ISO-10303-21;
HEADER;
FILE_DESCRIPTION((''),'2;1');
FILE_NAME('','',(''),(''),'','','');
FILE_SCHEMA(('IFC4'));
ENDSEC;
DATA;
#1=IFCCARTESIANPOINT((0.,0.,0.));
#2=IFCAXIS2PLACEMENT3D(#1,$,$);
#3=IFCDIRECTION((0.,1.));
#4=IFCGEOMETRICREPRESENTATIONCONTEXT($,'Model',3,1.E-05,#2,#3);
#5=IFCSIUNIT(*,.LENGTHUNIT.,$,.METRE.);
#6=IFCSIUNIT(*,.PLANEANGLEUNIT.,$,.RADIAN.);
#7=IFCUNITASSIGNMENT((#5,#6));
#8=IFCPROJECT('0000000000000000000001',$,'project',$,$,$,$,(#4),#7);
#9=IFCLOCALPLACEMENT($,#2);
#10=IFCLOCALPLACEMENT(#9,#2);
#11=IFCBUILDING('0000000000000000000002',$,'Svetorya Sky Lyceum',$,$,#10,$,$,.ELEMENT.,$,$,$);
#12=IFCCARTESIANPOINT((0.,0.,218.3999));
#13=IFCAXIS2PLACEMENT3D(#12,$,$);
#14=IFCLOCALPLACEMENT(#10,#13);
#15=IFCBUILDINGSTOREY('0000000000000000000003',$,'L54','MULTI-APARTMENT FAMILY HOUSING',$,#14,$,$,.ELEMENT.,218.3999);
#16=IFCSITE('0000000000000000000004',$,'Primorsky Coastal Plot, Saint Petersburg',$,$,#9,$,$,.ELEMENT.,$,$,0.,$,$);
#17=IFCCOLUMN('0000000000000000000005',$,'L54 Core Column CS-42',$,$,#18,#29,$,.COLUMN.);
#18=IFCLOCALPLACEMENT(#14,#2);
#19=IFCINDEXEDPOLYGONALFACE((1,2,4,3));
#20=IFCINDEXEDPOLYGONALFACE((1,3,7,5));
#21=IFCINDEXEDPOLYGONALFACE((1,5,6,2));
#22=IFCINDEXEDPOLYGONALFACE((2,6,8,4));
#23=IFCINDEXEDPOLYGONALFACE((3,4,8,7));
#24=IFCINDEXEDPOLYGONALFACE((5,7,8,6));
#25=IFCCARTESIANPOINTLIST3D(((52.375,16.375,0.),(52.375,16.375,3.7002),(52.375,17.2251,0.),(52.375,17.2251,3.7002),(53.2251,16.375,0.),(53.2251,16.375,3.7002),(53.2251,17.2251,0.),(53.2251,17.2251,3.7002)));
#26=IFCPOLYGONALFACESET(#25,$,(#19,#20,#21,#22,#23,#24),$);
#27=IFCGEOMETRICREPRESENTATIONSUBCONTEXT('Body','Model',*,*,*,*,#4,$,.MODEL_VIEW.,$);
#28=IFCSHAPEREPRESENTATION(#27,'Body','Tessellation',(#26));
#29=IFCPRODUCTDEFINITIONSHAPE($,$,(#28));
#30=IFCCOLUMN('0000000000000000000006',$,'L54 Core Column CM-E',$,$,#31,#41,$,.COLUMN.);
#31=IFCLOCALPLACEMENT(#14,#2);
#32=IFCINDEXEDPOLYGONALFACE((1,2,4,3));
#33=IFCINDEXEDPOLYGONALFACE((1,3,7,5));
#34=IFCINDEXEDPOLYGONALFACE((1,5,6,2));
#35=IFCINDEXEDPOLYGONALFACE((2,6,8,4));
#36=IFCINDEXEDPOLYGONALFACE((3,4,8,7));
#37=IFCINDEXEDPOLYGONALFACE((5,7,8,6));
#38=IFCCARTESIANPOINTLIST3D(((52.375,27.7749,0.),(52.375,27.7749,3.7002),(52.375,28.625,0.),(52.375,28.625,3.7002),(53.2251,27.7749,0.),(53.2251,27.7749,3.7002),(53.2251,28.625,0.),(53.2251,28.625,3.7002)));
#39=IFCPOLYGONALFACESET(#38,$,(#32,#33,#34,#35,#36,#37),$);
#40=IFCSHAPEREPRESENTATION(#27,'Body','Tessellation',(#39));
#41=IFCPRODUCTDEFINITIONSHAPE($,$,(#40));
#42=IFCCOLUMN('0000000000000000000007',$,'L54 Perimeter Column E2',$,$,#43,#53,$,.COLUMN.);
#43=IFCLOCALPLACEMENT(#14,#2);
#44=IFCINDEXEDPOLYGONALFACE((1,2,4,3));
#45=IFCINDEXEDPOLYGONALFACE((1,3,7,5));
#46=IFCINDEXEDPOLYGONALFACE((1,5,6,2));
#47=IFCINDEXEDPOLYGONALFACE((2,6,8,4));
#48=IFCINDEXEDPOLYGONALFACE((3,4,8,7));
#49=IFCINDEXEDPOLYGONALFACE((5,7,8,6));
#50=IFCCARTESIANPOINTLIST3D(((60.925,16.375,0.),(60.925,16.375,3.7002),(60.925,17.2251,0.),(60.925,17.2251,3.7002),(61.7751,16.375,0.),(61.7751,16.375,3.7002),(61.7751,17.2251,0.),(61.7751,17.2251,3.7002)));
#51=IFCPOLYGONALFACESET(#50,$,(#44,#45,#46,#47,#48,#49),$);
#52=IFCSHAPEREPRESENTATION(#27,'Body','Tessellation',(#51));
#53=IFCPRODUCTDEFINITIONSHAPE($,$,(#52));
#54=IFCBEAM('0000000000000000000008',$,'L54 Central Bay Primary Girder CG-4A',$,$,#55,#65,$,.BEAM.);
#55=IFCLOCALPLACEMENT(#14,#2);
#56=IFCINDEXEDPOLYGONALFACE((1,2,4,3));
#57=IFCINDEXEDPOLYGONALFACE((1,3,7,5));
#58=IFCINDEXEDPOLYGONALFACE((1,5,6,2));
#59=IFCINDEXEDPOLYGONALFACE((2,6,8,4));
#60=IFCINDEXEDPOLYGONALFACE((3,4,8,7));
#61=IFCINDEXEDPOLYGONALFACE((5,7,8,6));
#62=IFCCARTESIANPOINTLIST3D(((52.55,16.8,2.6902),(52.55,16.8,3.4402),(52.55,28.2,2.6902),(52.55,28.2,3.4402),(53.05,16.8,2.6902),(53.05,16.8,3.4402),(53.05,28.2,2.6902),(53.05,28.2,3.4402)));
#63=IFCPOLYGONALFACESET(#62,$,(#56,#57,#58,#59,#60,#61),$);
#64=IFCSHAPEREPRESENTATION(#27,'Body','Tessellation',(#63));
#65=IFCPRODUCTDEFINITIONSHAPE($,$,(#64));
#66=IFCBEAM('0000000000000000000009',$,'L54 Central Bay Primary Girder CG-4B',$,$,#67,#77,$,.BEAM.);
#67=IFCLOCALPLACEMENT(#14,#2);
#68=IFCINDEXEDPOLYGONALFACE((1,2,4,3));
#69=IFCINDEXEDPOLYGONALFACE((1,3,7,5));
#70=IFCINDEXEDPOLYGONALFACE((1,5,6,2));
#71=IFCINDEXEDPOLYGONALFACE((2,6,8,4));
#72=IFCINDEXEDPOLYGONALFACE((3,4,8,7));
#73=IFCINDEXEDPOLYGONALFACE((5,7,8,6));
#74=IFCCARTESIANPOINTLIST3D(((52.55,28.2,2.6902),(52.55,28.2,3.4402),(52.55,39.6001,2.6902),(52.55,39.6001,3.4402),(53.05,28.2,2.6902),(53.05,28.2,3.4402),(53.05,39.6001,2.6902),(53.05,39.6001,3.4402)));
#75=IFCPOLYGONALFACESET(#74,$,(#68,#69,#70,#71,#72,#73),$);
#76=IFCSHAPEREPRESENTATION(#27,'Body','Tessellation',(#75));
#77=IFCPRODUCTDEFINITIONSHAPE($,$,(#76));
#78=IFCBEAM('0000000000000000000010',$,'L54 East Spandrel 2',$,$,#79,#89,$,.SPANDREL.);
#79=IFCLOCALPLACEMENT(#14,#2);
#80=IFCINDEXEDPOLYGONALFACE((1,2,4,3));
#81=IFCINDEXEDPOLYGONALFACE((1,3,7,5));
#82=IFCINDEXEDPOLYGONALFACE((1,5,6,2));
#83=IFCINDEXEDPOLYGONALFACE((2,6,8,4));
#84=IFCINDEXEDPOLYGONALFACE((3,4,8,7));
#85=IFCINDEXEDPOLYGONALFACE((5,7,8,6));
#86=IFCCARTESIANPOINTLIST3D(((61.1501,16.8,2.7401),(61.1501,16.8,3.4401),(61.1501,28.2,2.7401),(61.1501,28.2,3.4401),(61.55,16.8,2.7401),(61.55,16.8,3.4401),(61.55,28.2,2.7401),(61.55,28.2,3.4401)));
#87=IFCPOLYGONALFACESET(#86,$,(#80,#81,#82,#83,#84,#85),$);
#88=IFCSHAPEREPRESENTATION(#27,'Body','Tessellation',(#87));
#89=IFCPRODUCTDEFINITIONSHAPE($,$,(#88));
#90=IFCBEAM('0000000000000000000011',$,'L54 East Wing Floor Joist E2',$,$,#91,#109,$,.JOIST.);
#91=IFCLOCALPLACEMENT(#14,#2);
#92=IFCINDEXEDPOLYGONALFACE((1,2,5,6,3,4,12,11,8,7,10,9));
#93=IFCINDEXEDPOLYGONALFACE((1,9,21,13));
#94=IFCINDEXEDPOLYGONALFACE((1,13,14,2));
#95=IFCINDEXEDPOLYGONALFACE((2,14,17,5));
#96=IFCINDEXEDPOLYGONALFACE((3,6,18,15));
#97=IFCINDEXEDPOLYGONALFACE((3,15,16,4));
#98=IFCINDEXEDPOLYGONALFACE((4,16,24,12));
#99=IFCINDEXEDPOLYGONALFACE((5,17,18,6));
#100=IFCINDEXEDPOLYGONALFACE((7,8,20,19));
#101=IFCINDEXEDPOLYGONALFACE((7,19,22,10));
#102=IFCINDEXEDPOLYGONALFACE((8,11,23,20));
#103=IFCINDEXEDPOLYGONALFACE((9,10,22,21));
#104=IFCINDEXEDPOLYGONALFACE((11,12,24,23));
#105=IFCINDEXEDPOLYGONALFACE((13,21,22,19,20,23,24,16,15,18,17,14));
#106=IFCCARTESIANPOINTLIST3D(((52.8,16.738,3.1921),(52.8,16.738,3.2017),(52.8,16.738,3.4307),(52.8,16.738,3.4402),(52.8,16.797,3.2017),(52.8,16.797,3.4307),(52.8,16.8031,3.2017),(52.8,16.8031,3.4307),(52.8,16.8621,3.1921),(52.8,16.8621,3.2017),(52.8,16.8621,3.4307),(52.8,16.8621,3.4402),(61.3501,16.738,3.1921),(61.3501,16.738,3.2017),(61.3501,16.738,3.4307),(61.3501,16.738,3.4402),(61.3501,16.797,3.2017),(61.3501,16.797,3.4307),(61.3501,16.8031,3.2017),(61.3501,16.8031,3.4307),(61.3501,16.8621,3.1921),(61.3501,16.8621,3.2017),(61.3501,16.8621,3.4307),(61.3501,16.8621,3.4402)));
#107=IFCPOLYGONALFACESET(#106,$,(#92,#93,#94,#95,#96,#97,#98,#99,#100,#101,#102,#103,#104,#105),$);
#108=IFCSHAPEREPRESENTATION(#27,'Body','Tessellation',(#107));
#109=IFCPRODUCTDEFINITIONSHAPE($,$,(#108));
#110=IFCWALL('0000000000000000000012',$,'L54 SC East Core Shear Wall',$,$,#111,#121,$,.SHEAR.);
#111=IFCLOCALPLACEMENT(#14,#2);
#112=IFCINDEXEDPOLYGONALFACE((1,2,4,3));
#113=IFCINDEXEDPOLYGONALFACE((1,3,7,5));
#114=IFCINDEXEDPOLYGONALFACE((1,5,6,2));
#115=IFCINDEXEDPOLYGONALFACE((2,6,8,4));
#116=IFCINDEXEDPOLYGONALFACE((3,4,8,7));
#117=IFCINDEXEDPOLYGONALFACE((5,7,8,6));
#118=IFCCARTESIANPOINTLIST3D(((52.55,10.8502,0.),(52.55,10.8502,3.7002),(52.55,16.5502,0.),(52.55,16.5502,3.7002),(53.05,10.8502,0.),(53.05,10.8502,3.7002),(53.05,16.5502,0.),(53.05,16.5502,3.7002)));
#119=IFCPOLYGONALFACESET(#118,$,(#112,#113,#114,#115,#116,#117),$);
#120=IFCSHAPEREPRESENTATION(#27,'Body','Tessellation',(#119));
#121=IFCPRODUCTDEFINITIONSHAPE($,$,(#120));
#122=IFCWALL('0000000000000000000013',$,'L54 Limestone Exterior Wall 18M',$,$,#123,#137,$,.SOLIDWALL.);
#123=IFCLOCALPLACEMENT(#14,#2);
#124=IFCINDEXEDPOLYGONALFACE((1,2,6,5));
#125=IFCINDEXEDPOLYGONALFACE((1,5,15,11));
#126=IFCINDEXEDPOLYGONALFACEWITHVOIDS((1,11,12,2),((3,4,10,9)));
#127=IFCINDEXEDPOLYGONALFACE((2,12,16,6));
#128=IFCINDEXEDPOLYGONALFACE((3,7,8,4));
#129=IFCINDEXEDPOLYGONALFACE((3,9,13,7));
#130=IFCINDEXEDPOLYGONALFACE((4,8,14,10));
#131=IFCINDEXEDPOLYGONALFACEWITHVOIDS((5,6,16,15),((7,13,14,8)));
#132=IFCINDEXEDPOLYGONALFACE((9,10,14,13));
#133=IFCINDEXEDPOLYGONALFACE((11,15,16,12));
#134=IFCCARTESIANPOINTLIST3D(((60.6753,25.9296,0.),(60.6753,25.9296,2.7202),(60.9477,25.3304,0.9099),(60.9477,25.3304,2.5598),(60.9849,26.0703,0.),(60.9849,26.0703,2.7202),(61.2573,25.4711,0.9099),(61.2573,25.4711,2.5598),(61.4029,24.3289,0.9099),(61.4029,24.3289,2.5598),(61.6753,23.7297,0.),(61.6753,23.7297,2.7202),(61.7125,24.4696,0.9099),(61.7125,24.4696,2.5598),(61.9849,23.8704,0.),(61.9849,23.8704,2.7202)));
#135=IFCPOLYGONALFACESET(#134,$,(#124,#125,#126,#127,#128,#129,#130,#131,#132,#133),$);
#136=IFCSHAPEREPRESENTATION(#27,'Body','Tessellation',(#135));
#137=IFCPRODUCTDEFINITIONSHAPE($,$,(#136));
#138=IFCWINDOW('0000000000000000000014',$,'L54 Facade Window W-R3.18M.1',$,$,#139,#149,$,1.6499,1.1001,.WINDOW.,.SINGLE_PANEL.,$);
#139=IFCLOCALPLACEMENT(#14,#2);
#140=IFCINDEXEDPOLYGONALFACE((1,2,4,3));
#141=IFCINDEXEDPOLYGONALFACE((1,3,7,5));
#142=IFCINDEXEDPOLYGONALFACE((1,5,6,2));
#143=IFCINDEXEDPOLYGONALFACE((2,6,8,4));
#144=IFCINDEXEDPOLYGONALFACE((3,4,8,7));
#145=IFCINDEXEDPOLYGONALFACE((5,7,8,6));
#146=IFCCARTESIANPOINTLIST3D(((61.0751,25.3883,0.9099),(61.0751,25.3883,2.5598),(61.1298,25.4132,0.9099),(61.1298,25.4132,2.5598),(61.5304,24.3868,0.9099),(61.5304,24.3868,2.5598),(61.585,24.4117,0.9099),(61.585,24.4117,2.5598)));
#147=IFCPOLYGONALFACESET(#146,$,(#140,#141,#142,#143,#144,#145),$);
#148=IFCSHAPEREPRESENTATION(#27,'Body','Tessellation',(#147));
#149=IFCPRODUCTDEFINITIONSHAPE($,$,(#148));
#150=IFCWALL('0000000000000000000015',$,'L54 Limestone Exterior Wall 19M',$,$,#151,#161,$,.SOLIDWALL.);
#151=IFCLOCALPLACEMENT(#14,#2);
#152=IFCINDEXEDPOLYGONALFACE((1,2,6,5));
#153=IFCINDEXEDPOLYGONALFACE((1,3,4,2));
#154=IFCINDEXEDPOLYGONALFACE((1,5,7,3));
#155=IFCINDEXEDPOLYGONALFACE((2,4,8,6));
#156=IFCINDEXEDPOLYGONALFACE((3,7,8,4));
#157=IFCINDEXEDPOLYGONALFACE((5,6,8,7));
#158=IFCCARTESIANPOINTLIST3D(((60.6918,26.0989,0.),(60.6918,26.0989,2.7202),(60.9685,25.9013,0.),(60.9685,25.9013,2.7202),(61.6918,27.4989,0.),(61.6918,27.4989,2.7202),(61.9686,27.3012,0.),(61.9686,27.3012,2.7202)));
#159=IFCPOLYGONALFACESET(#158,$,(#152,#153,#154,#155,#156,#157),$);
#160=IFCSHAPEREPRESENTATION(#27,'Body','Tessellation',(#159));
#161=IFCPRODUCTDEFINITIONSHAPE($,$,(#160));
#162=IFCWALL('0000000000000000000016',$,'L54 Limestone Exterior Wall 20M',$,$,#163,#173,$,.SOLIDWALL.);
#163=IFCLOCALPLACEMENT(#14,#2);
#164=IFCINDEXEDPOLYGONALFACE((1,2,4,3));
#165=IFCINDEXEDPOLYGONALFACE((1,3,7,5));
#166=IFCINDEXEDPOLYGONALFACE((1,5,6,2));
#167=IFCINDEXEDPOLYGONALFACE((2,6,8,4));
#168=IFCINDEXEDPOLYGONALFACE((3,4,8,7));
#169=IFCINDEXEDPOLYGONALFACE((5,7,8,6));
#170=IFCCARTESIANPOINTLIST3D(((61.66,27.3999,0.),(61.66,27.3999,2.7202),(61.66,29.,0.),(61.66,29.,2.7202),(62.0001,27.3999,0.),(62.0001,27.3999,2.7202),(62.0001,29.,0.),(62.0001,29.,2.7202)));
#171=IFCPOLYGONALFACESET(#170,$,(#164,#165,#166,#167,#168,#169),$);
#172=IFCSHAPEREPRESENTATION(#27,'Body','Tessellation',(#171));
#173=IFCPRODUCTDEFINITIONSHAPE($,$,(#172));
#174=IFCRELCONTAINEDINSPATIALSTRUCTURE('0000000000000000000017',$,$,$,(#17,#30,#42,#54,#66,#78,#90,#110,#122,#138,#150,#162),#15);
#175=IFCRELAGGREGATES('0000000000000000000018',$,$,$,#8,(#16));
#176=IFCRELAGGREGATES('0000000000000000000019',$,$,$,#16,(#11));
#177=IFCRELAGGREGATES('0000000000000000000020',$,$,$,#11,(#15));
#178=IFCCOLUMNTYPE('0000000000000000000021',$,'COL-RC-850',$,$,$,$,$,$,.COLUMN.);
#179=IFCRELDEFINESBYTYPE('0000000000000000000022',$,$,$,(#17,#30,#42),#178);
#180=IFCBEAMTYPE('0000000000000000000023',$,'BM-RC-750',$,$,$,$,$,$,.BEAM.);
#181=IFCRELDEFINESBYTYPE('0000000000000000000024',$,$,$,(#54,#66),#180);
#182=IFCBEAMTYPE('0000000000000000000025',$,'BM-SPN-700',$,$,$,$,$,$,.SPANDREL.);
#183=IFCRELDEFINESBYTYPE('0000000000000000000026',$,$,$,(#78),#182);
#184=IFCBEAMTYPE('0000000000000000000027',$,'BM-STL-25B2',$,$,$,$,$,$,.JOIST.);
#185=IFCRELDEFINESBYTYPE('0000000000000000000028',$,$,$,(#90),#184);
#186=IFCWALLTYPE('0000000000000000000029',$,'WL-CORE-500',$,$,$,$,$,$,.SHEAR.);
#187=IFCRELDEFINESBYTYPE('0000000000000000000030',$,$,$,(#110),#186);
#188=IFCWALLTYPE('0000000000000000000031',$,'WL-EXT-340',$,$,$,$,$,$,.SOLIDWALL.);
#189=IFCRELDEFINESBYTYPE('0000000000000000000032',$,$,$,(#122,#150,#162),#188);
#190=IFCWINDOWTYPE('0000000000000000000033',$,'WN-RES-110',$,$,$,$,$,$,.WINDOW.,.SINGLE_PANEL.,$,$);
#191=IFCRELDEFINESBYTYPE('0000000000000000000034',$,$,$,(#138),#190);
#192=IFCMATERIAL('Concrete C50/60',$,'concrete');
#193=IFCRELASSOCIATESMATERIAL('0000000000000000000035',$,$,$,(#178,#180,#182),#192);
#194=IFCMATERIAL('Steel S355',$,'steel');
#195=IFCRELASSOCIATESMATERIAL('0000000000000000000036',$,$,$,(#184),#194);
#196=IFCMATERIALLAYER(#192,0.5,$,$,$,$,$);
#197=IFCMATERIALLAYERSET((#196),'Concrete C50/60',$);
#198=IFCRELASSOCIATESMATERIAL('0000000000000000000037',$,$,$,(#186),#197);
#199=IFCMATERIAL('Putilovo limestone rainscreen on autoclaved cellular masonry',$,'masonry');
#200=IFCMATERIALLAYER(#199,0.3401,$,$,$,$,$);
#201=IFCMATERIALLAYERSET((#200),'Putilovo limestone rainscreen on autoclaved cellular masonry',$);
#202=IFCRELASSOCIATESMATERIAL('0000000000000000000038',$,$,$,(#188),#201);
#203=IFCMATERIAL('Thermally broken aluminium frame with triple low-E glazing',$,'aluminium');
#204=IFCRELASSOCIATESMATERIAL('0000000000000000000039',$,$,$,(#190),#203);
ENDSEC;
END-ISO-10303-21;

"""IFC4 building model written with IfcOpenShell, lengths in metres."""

from ifc_helpers import new_model, si_unit, direction, frame, frame_2d, origin, origin_2d, place, context, subcontext, project, spatial, rectangle, i_section, extrude, material, layer, layer_set, material_profile, profile_set, type_object, element, fill, save


model = new_model("IFC4")

# Units and contexts
model_context = context("Model", 3, precision=1e-05, world=origin(), true_north=direction((0.0, 1.0)))
body_context = subcontext(model_context, "Body", "Model", "MODEL_VIEW")
ifc_project = project(units=[si_unit("LENGTHUNIT", "METRE"), si_unit("PLANEANGLEUNIT", "RADIAN")], contexts=[model_context])

# Site, building, storey
site_placement = place(None, origin())
site = spatial("IfcSite", under=ifc_project, at=site_placement, Name="Primorsky Coastal Plot, Saint Petersburg", CompositionType="ELEMENT", RefElevation=0.0)
building_placement = place(site_placement, origin())
building = spatial("IfcBuilding", under=site, at=building_placement, Name="Svetorya Sky Lyceum", CompositionType="ELEMENT")
storey_placement = place(building_placement, frame((0.0, 0.0, 218.3999)))
storey = spatial("IfcBuildingStorey", under=building, at=storey_placement, Name="L54", Description="MULTI-APARTMENT FAMILY HOUSING", CompositionType="ELEMENT", Elevation=218.3999)

# Columns
ifc_material_1 = material(Name="Concrete C50/60", Category="concrete")
ifc_material_profile_1 = material_profile(ifc_material_1, rectangle(XDim=0.8501, YDim=0.8501, at=origin_2d()), Name="RC COL 850x850")
ifc_profile_set_1 = profile_set([ifc_material_profile_1], Name="Concrete C50/60")
column_type = type_object("IfcColumnType", Name="COL-RC-850", PredefinedType="COLUMN", material=ifc_profile_set_1)
for number, where, z_axis, x_axis, name in (
    (1, (52.8, 16.8, 0.0), (0.0, 0.0, 1.0), (1.0, 0.0, 0.0), "L54 Core Column CS-42"),
    (2, (52.8, 28.2, 0.0), (0.0, 0.0, 1.0), (1.0, 0.0, 0.0), "L54 Core Column CM-E"),
    (3, (61.3501, 16.8, 0.0), (0.0, 0.0, 1.0), (1.0, 0.0, 0.0), "L54 Perimeter Column E2"),
):
    element("IfcColumn", number, at=place(storey_placement, frame(where, z_axis=z_axis, x_axis=x_axis)), inside=storey, type_object=column_type, Name=name, PredefinedType="COLUMN", context=body_context, shape_type="SweptSolid", body=[
        extrude(rectangle(XDim=0.8501, YDim=0.8501, at=origin_2d()), origin(), (0.0, 0.0, 1.0), 3.7002),
    ])

# Beams
ifc_material_profile_2 = material_profile(ifc_material_1, rectangle(XDim=0.5, YDim=0.75, at=origin_2d()), Name="RC BEAM 500x750")
ifc_profile_set_2 = profile_set([ifc_material_profile_2], Name="Concrete C50/60")
beam_type_1 = type_object("IfcBeamType", Name="BM-RC-750", PredefinedType="BEAM", material=ifc_profile_set_2)
beam_1_placement = place(storey_placement, frame((52.8, 16.8, 3.0652), z_axis=(0.0, 1.0, 0.0), x_axis=(-1.0, 0.0, 0.0)))
element("IfcBeam", 4, at=beam_1_placement, inside=storey, type_object=beam_type_1, Name="L54 Central Bay Primary Girder CG-4A", PredefinedType="BEAM", context=body_context, shape_type="SweptSolid", body=[
    extrude(rectangle(XDim=0.5, YDim=0.75, at=origin_2d()), origin(), (0.0, 0.0, 1.0), 11.3999),
])
beam_2_placement = place(storey_placement, frame((52.8, 28.2, 3.0652), z_axis=(0.0, 1.0, 0.0), x_axis=(-1.0, 0.0, 0.0)))
element("IfcBeam", 5, at=beam_2_placement, inside=storey, type_object=beam_type_1, Name="L54 Central Bay Primary Girder CG-4B", PredefinedType="BEAM", context=body_context, shape_type="SweptSolid", body=[
    extrude(rectangle(XDim=0.5, YDim=0.75, at=origin_2d()), origin(), (0.0, 0.0, 1.0), 11.4001),
])
ifc_material_profile_3 = material_profile(ifc_material_1, rectangle(XDim=0.3999, YDim=0.7, at=origin_2d()), Name="RC SPANDREL 400x700")
ifc_profile_set_3 = profile_set([ifc_material_profile_3], Name="Concrete C50/60")
beam_type_2 = type_object("IfcBeamType", Name="BM-SPN-700", PredefinedType="SPANDREL", material=ifc_profile_set_3)
beam_3_placement = place(storey_placement, frame((61.3501, 16.8, 3.0901), z_axis=(0.0, 1.0, 0.0), x_axis=(-1.0, 0.0, 0.0)))
element("IfcBeam", 6, at=beam_3_placement, inside=storey, type_object=beam_type_2, Name="L54 East Spandrel 2", PredefinedType="SPANDREL", context=body_context, shape_type="SweptSolid", body=[
    extrude(rectangle(XDim=0.3999, YDim=0.7, at=origin_2d()), origin(), (0.0, 0.0, 1.0), 11.3999),
])
ifc_material_2 = material(Name="Steel S355", Category="steel")
ifc_material_profile_4 = material_profile(ifc_material_2, i_section(OverallWidth=0.124, OverallDepth=0.248, WebThickness=0.0061, FlangeThickness=0.0095, at=origin_2d()), Name="GOST 25B2")
ifc_profile_set_4 = profile_set([ifc_material_profile_4], Name="Steel S355")
beam_type_3 = type_object("IfcBeamType", Name="BM-STL-25B2", PredefinedType="JOIST", material=ifc_profile_set_4)
beam_4_placement = place(storey_placement, frame((52.8, 16.8, 3.3162), z_axis=(1.0, 0.0, 0.0), x_axis=(0.0, 1.0, 0.0)))
element("IfcBeam", 7, at=beam_4_placement, inside=storey, type_object=beam_type_3, Name="L54 East Wing Floor Joist E2", PredefinedType="JOIST", context=body_context, shape_type="SweptSolid", body=[
    extrude(i_section(OverallWidth=0.124, OverallDepth=0.248, WebThickness=0.0061, FlangeThickness=0.0095, at=origin_2d()), origin(), (0.0, 0.0, 1.0), 8.55),
])

# Wall
ifc_layer_1 = layer(ifc_material_1, 0.5)
ifc_layer_set_1 = layer_set([ifc_layer_1], Name="Concrete C50/60")
wall_type_1 = type_object("IfcWallType", Name="WL-CORE-500", PredefinedType="SHEAR", material=ifc_layer_set_1)
wall_1_placement = place(storey_placement, frame((52.8, 10.8501, 0.0), z_axis=(0.0, 0.0, 1.0), x_axis=(0.0, 1.0, 0.0)))
element("IfcWall", 8, at=wall_1_placement, inside=storey, type_object=wall_type_1, Name="L54 SC East Core Shear Wall", PredefinedType="SHEAR", context=body_context, shape_type="SweptSolid", body=[
    extrude(rectangle(XDim=5.7, YDim=0.5, at=frame_2d((2.8501, 0.0))), origin(), (0.0, 0.0, 1.0), 3.7002),
])

# Wall, opening, window
ifc_material_3 = material(Name="Putilovo limestone rainscreen on autoclaved cellular masonry", Category="masonry")
ifc_layer_2 = layer(ifc_material_3, 0.3401)
ifc_layer_set_2 = layer_set([ifc_layer_2], Name="Putilovo limestone rainscreen on autoclaved cellular masonry")
wall_type_2 = type_object("IfcWallType", Name="WL-EXT-340", PredefinedType="SOLIDWALL", material=ifc_layer_set_2)
wall_2_placement = place(storey_placement, frame((61.8301, 23.8, 0.0), z_axis=(0.0, 0.0, 1.0), x_axis=(-0.413811, 0.910363, 0.0)))
wall_2 = element("IfcWall", 9, at=wall_2_placement, inside=storey, type_object=wall_type_2, Name="L54 Limestone Exterior Wall 18M", PredefinedType="SOLIDWALL", context=body_context, shape_type="SweptSolid", body=[
    extrude(rectangle(XDim=2.4165, YDim=0.3401, at=frame_2d((1.2083, 0.0))), origin(), (0.0, 0.0, 1.0), 2.7202),
])
opening_1_placement = place(wall_2_placement, frame((0.6582, 0.0, 0.9099)))
opening_1 = element("IfcOpeningElement", 10, at=opening_1_placement, cuts=wall_2, PredefinedType="OPENING", context=body_context, shape_type="SweptSolid", body=[
    extrude(rectangle(XDim=1.1001, YDim=1.6499, at=frame_2d((0.55, 0.825))), frame((0.0, 0.1799, 0.0), z_axis=(0.0, -1.0, 0.0), x_axis=(1.0, 0.0, 0.0)), (0.0, 0.0, 1.0), 0.3601),
])
ifc_material_4 = material(Name="Thermally broken aluminium frame with triple low-E glazing", Category="aluminium")
window_type = type_object("IfcWindowType", Name="WN-RES-110", PartitioningType="SINGLE_PANEL", PredefinedType="WINDOW", material=ifc_material_4)
window_placement = place(opening_1_placement, origin())
window = element("IfcWindow", 11, at=window_placement, inside=storey, type_object=window_type, Name="L54 Facade Window W-R3.18M.1", OverallHeight=1.6499, OverallWidth=1.1001, PartitioningType="SINGLE_PANEL", PredefinedType="WINDOW", context=body_context, shape_type="SweptSolid", body=[
    extrude(rectangle(XDim=1.1001, YDim=1.6499, at=frame_2d((0.55, 0.825))), frame((0.0, 0.03, 0.0), z_axis=(0.0, -1.0, 0.0), x_axis=(1.0, 0.0, 0.0)), (0.0, 0.0, 1.0), 0.0601),
])
fill(opening_1, window)

# Walls
wall_3_placement = place(storey_placement, frame((60.8301, 26.0, 0.0), z_axis=(0.0, 0.0, 1.0), x_axis=(0.581265, 0.813714, 0.0)))
element("IfcWall", 12, at=wall_3_placement, inside=storey, type_object=wall_type_2, Name="L54 Limestone Exterior Wall 19M", PredefinedType="SOLIDWALL", context=body_context, shape_type="SweptSolid", body=[
    extrude(rectangle(XDim=1.7205, YDim=0.3401, at=frame_2d((0.8604, 0.0))), origin(), (0.0, 0.0, 1.0), 2.7202),
])
wall_4_placement = place(storey_placement, frame((61.8301, 27.3999, 0.0), z_axis=(0.0, 0.0, 1.0), x_axis=(0.0, 1.0, 0.0)))
element("IfcWall", 13, at=wall_4_placement, inside=storey, type_object=wall_type_2, Name="L54 Limestone Exterior Wall 20M", PredefinedType="SOLIDWALL", context=body_context, shape_type="SweptSolid", body=[
    extrude(rectangle(XDim=1.6001, YDim=0.3401, at=frame_2d((0.8, 0.0))), origin(), (0.0, 0.0, 1.0), 2.7202),
])

save(model, "model.ifc")
